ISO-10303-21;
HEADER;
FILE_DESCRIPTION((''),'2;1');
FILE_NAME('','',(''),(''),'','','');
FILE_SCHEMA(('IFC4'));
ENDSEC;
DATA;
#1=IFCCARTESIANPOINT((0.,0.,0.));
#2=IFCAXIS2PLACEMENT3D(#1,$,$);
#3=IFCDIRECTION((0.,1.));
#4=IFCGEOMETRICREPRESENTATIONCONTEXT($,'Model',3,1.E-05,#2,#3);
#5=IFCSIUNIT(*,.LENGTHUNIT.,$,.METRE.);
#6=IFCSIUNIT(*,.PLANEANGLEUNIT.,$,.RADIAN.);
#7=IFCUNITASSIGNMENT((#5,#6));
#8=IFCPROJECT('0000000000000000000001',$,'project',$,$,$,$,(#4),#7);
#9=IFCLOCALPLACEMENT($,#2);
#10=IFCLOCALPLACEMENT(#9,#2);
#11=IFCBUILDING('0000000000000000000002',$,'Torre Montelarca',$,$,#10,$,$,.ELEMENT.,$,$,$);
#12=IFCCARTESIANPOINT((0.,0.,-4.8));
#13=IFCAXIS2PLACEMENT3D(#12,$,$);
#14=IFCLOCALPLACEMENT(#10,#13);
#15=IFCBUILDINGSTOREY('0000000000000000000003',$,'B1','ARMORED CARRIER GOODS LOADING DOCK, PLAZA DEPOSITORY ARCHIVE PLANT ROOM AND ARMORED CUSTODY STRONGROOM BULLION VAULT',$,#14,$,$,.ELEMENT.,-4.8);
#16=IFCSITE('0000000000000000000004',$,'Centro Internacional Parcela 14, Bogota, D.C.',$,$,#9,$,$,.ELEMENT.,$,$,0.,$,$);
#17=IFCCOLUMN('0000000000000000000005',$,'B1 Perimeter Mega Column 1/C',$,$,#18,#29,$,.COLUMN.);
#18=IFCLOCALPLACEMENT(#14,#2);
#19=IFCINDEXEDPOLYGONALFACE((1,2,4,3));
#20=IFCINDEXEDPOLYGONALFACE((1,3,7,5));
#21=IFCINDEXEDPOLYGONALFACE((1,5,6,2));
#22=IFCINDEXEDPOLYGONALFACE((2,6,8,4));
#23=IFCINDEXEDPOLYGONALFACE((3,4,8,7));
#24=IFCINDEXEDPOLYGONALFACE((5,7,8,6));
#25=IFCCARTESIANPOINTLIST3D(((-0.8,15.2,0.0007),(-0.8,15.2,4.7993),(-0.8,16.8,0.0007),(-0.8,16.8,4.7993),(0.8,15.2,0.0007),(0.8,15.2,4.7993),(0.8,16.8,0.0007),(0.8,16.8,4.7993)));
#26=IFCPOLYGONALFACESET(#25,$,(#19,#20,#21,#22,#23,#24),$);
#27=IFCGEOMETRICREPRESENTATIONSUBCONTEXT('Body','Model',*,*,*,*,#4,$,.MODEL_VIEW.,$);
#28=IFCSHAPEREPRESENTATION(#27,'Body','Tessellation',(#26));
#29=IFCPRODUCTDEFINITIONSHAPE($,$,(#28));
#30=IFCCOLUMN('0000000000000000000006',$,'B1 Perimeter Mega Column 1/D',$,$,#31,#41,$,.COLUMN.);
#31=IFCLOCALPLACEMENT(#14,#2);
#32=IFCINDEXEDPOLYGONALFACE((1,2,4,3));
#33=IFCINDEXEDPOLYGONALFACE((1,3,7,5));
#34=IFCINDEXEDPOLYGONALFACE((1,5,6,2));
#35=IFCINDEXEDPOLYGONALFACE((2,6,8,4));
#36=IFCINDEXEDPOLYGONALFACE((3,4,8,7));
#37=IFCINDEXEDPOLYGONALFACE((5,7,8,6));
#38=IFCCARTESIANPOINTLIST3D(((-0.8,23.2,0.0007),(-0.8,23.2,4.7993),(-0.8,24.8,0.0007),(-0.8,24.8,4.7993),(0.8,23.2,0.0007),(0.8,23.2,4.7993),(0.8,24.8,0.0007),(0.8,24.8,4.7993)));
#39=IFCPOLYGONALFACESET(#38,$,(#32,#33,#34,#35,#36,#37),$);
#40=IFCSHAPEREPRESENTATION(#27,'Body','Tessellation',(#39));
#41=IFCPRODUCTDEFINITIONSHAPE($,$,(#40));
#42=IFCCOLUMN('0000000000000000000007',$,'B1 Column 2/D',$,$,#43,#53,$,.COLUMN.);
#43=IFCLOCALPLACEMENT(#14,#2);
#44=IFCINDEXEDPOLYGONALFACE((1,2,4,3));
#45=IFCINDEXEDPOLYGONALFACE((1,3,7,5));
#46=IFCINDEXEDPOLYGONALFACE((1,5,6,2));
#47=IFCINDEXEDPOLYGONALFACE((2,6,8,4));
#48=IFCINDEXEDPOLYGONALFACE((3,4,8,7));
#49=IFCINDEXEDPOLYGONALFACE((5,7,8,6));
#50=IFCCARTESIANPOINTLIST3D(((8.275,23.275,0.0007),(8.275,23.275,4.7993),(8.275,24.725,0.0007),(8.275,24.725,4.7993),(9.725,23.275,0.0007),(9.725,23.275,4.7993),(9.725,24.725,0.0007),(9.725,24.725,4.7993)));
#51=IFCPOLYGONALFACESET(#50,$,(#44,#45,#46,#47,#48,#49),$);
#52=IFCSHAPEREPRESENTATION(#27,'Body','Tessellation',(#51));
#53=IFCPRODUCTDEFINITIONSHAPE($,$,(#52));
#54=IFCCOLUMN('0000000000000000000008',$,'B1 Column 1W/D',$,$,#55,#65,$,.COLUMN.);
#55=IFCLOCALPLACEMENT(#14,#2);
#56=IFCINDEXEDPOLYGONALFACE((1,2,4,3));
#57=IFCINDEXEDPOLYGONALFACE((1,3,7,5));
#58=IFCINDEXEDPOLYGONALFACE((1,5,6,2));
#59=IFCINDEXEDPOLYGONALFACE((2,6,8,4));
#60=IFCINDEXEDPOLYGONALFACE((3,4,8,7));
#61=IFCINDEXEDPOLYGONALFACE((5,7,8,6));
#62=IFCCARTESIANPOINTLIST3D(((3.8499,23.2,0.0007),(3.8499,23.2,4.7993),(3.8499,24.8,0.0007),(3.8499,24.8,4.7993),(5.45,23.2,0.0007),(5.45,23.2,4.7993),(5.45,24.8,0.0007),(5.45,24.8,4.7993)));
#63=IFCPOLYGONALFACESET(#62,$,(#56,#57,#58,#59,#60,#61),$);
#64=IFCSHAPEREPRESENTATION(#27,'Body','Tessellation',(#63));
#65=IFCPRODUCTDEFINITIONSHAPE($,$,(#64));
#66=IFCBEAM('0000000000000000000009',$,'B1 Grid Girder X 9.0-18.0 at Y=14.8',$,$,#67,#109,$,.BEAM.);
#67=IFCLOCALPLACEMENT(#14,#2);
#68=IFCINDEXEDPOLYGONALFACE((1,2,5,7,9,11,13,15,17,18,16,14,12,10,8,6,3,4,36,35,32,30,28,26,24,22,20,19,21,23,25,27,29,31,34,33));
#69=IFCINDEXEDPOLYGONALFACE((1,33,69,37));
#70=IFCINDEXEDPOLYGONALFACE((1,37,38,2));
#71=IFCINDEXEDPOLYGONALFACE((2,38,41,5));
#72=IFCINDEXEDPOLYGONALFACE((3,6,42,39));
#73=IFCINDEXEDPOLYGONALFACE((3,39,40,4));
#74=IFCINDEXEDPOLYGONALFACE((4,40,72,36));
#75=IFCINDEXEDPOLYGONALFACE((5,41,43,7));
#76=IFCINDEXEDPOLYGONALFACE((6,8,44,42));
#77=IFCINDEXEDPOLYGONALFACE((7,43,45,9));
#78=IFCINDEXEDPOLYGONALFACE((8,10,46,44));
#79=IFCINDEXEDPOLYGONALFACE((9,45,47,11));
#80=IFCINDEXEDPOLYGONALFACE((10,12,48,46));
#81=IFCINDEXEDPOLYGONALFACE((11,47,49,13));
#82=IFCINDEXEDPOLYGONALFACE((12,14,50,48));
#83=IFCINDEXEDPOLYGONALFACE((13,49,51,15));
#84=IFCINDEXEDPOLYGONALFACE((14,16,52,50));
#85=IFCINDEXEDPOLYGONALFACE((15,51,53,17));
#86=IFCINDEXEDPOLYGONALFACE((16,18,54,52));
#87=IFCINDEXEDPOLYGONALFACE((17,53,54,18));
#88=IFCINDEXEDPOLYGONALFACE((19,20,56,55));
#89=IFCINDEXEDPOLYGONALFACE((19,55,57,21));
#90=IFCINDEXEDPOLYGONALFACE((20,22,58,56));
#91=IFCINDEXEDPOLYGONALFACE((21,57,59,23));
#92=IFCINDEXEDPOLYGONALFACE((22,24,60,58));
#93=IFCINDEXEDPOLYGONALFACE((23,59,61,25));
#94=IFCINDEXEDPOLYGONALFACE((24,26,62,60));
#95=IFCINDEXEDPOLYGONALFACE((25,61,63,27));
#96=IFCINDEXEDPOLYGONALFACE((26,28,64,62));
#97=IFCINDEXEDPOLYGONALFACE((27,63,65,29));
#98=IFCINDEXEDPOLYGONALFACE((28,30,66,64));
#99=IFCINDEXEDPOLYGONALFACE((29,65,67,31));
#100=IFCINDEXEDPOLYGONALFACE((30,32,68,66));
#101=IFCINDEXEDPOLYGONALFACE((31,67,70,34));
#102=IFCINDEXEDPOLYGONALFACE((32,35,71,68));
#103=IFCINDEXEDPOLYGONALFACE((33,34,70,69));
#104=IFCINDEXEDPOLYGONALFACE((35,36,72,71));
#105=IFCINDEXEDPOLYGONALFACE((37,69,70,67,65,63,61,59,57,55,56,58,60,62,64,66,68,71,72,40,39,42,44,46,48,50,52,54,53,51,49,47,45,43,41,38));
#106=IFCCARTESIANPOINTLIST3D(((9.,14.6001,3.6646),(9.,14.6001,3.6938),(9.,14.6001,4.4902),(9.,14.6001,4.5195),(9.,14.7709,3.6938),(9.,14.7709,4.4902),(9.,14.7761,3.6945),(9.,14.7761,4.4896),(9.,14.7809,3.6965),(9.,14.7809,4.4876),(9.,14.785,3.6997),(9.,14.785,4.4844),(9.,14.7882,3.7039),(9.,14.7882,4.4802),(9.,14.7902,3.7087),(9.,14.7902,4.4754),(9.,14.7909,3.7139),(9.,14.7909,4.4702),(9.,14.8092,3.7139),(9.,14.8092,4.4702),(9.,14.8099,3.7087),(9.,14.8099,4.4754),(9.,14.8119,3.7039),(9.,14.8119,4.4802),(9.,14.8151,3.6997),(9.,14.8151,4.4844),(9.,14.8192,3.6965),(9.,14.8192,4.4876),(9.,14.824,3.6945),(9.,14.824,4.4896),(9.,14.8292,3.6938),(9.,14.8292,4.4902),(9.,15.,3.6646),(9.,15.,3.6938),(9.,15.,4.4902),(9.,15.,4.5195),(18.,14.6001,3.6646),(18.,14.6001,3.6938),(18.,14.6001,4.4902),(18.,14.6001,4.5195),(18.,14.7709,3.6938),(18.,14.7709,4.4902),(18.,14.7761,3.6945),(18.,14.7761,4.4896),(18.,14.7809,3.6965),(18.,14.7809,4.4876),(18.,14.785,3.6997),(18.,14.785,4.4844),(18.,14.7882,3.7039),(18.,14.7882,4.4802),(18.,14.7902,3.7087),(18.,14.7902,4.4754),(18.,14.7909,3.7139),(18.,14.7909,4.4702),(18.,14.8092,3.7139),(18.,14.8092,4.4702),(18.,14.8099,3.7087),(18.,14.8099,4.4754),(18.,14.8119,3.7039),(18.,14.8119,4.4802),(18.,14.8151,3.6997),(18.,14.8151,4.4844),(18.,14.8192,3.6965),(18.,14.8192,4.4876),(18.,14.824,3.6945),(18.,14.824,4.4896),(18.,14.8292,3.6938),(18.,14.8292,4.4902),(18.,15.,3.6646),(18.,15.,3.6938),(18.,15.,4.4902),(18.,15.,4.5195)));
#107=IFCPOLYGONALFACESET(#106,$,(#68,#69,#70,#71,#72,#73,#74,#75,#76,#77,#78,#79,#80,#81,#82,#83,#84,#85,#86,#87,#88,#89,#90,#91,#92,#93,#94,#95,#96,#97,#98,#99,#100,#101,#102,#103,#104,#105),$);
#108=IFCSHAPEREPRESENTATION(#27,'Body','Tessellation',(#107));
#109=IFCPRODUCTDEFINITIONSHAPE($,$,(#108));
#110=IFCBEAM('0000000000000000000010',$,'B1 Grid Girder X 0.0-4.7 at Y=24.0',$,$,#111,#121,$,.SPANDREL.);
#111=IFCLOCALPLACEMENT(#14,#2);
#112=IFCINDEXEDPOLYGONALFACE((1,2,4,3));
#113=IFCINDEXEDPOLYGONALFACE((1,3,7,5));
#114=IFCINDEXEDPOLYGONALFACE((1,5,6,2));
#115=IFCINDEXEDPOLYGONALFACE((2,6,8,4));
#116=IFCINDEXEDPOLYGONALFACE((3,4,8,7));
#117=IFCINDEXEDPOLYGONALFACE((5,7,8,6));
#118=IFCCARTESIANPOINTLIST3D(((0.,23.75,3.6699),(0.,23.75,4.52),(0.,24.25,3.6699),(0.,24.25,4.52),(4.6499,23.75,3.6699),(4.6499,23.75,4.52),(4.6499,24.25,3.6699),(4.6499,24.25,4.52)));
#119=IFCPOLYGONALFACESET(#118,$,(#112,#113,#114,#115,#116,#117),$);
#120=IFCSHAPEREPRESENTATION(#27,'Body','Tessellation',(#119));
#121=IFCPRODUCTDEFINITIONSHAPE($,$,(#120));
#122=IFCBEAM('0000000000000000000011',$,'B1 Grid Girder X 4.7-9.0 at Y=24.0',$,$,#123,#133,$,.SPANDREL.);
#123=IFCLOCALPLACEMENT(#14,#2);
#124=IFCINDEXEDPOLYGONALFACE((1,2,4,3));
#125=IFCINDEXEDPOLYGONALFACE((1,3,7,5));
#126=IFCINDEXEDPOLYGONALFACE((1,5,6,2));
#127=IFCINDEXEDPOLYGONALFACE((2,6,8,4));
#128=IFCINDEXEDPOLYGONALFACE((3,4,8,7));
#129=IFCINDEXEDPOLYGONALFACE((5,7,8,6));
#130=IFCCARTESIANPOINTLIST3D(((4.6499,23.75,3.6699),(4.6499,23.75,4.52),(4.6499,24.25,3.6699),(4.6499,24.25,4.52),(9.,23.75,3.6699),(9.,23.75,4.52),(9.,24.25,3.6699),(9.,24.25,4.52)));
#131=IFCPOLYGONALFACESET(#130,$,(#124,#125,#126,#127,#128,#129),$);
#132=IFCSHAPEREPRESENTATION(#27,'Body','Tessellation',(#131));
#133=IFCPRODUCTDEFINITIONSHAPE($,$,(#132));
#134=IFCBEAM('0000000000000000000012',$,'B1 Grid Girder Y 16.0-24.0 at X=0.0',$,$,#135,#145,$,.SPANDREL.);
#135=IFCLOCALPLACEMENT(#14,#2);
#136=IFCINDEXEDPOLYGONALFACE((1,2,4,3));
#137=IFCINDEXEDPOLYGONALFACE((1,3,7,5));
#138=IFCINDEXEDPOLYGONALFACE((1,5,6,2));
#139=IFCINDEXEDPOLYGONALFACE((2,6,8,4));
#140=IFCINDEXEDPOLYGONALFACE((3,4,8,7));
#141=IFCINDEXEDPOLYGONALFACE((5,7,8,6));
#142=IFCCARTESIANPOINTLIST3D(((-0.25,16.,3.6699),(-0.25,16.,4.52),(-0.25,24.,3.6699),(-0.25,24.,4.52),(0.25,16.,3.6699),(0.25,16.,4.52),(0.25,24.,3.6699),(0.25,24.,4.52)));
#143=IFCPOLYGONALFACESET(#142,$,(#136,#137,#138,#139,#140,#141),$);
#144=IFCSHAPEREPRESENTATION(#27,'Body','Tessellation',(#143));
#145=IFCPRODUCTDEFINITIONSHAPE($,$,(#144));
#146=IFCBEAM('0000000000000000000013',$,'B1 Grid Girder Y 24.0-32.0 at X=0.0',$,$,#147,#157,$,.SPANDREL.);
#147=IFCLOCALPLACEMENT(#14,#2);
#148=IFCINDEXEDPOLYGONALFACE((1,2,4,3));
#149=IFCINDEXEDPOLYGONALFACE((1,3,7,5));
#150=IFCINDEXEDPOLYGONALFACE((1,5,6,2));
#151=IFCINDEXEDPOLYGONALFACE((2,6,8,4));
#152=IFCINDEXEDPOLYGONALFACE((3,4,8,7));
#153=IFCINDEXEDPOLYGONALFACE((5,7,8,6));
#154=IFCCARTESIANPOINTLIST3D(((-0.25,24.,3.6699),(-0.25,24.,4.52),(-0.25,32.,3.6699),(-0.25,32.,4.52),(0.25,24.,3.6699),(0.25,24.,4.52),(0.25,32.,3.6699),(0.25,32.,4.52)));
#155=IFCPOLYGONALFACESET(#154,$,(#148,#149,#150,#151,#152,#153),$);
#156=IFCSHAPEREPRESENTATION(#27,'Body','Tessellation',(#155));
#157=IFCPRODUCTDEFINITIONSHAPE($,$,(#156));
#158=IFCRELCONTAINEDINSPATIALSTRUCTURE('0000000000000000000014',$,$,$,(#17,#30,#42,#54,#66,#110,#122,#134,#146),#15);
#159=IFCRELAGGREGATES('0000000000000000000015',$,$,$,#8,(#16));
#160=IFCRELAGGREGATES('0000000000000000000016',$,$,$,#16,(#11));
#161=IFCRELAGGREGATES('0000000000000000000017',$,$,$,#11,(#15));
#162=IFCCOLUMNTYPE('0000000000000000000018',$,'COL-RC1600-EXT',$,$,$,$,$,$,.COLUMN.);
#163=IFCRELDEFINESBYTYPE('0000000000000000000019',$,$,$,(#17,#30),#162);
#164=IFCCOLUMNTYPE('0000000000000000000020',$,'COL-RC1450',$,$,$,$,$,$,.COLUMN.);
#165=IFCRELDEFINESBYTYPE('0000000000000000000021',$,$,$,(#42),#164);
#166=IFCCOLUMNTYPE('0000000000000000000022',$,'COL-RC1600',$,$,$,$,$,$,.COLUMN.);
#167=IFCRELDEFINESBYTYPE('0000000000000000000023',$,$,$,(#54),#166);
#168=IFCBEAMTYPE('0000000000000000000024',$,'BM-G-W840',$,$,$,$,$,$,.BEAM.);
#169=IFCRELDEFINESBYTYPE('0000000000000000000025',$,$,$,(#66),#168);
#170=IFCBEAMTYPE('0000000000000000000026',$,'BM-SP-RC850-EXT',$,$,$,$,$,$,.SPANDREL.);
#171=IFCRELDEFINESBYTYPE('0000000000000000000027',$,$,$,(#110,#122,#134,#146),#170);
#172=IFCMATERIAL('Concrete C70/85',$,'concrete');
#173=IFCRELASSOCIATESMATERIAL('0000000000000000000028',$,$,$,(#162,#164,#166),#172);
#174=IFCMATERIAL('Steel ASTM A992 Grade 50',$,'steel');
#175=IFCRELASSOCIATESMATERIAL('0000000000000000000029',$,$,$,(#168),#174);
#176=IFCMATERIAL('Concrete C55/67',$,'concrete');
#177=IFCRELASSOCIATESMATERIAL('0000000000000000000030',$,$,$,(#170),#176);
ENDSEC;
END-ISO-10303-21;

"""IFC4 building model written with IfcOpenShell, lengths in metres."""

from ifc_helpers import new_model, si_unit, direction, frame, origin, origin_2d, place, context, subcontext, project, spatial, rectangle, i_section, extrude, source, transform, mapped, material, material_profile, profile_set, type_object, element, save


model = new_model("IFC4")

# Units and contexts
model_context = context("Model", 3, precision=1e-05, world=origin(), true_north=direction((0.0, 1.0)))
body_context = subcontext(model_context, "Body", "Model", "MODEL_VIEW")
ifc_project = project(units=[si_unit("LENGTHUNIT", "METRE"), si_unit("PLANEANGLEUNIT", "RADIAN")], contexts=[model_context])

# Site, building, storey
site_placement = place(None, origin())
site = spatial("IfcSite", under=ifc_project, at=site_placement, Name="Centro Internacional Parcela 14, Bogota, D.C.", CompositionType="ELEMENT", RefElevation=0.0)
building_placement = place(site_placement, origin())
building = spatial("IfcBuilding", under=site, at=building_placement, Name="Torre Montelarca", CompositionType="ELEMENT")
storey_placement = place(building_placement, frame((0.0, 0.0, -4.8)))
storey = spatial("IfcBuildingStorey", under=building, at=storey_placement, Name="B1", Description="ARMORED CARRIER GOODS LOADING DOCK, PLAZA DEPOSITORY ARCHIVE PLANT ROOM AND ARMORED CUSTODY STRONGROOM BULLION VAULT", CompositionType="ELEMENT", Elevation=-4.8)

# Columns
ifc_material_1 = material(Name="Concrete C70/85", Category="concrete")
ifc_material_profile_1 = material_profile(ifc_material_1, rectangle(XDim=1.6001, YDim=1.6001, at=origin_2d()), Name="RC1600X1600", Category="concrete")
ifc_profile_set_1 = profile_set([ifc_material_profile_1], Name="Concrete C70/85")
column_type_1 = type_object("IfcColumnType", Name="COL-RC1600-EXT", PredefinedType="COLUMN", material=ifc_profile_set_1)
shared_shape_1 = source(origin(), body_context, "Body", "SweptSolid", [
    extrude(rectangle(XDim=1.6001, YDim=1.6001, at=origin_2d()), origin(), (0.0, 0.0, 1.0), 4.7986),
])
for number, where, z_axis, x_axis, name in (
    (1, (0.0, 16.0, 0.0007), (0.0, 0.0, 1.0), (1.0, 0.0, 0.0), "B1 Perimeter Mega Column 1/C"),
    (2, (0.0, 24.0, 0.0007), (0.0, 0.0, 1.0), (1.0, 0.0, 0.0), "B1 Perimeter Mega Column 1/D"),
):
    element("IfcColumn", number, at=place(storey_placement, frame(where, z_axis=z_axis, x_axis=x_axis)), inside=storey, type_object=column_type_1, Name=name, PredefinedType="COLUMN", context=body_context, shape_type="MappedRepresentation", body=[
        mapped(shared_shape_1, transform((0.0, 0.0, 0.0), scale=1.0)),
    ])
ifc_material_profile_2 = material_profile(ifc_material_1, rectangle(XDim=1.45, YDim=1.45, at=origin_2d()), Name="RC1450X1450", Category="concrete")
ifc_profile_set_2 = profile_set([ifc_material_profile_2], Name="Concrete C70/85")
column_type_2 = type_object("IfcColumnType", Name="COL-RC1450", PredefinedType="COLUMN", material=ifc_profile_set_2)
shared_shape_2 = source(origin(), body_context, "Body", "SweptSolid", [
    extrude(rectangle(XDim=1.45, YDim=1.45, at=origin_2d()), origin(), (0.0, 0.0, 1.0), 4.7986),
])
column_1_placement = place(storey_placement, frame((9.0, 24.0, 0.0007), z_axis=(0.0, 0.0, 1.0), x_axis=(1.0, 0.0, 0.0)))
element("IfcColumn", 3, at=column_1_placement, inside=storey, type_object=column_type_2, Name="B1 Column 2/D", PredefinedType="COLUMN", context=body_context, shape_type="MappedRepresentation", body=[
    mapped(shared_shape_2, transform((0.0, 0.0, 0.0), scale=1.0)),
])
ifc_material_profile_3 = material_profile(ifc_material_1, rectangle(XDim=1.6001, YDim=1.6001, at=origin_2d()), Name="RC1600X1600", Category="concrete")
ifc_profile_set_3 = profile_set([ifc_material_profile_3], Name="Concrete C70/85")
column_type_3 = type_object("IfcColumnType", Name="COL-RC1600", PredefinedType="COLUMN", material=ifc_profile_set_3)
shared_shape_3 = source(origin(), body_context, "Body", "SweptSolid", [
    extrude(rectangle(XDim=1.6001, YDim=1.6001, at=origin_2d()), origin(), (0.0, 0.0, 1.0), 4.7986),
])
column_2_placement = place(storey_placement, frame((4.6499, 24.0, 0.0007), z_axis=(0.0, 0.0, 1.0), x_axis=(1.0, 0.0, 0.0)))
element("IfcColumn", 4, at=column_2_placement, inside=storey, type_object=column_type_3, Name="B1 Column 1W/D", PredefinedType="COLUMN", context=body_context, shape_type="MappedRepresentation", body=[
    mapped(shared_shape_3, transform((0.0, 0.0, 0.0), scale=1.0)),
])

# Beams
ifc_material_2 = material(Name="Steel ASTM A992 Grade 50", Category="steel")
ifc_material_profile_4 = material_profile(ifc_material_2, i_section(OverallWidth=0.3999, OverallDepth=0.855, WebThickness=0.0183, FlangeThickness=0.0293, FilletRadius=0.02, at=origin_2d()), Name="W840X299", Category="steel")
ifc_profile_set_4 = profile_set([ifc_material_profile_4], Name="Steel ASTM A992 Grade 50")
beam_type_1 = type_object("IfcBeamType", Name="BM-G-W840", PredefinedType="BEAM", material=ifc_profile_set_4)
shared_shape_4 = source(origin(), body_context, "Body", "SweptSolid", [
    extrude(i_section(OverallWidth=0.3999, OverallDepth=0.855, WebThickness=0.0183, FlangeThickness=0.0293, FilletRadius=0.02, at=origin_2d()), origin(), (0.0, 0.0, 1.0), 9.0),
])
beam_1_placement = place(storey_placement, frame((9.0, 14.8, 4.092), z_axis=(1.0, 0.0, 0.0), x_axis=(0.0, 1.0, 0.0)))
element("IfcBeam", 5, at=beam_1_placement, inside=storey, type_object=beam_type_1, Name="B1 Grid Girder X 9.0-18.0 at Y=14.8", PredefinedType="BEAM", context=body_context, shape_type="MappedRepresentation", body=[
    mapped(shared_shape_4, transform((0.0, 0.0, 0.0), scale=1.0)),
])
ifc_material_3 = material(Name="Concrete C55/67", Category="concrete")
ifc_material_profile_5 = material_profile(ifc_material_3, rectangle(XDim=0.5, YDim=0.8501, at=origin_2d()), Name="RCB500X850", Category="concrete")
ifc_profile_set_5 = profile_set([ifc_material_profile_5], Name="Concrete C55/67")
beam_type_2 = type_object("IfcBeamType", Name="BM-SP-RC850-EXT", PredefinedType="SPANDREL", material=ifc_profile_set_5)
shared_shape_5 = source(origin(), body_context, "Body", "SweptSolid", [
    extrude(rectangle(XDim=0.5, YDim=0.8501, at=origin_2d()), origin(), (0.0, 0.0, 1.0), 4.6499),
])
beam_2_placement = place(storey_placement, frame((0.0, 24.0, 4.095), z_axis=(1.0, 0.0, 0.0), x_axis=(0.0, 1.0, 0.0)))
element("IfcBeam", 6, at=beam_2_placement, inside=storey, type_object=beam_type_2, Name="B1 Grid Girder X 0.0-4.7 at Y=24.0", PredefinedType="SPANDREL", context=body_context, shape_type="MappedRepresentation", body=[
    mapped(shared_shape_5, transform((0.0, 0.0, 0.0), scale=1.0)),
])
shared_shape_6 = source(origin(), body_context, "Body", "SweptSolid", [
    extrude(rectangle(XDim=0.5, YDim=0.8501, at=origin_2d()), origin(), (0.0, 0.0, 1.0), 4.3501),
])
beam_3_placement = place(storey_placement, frame((4.6499, 24.0, 4.095), z_axis=(1.0, 0.0, 0.0), x_axis=(0.0, 1.0, 0.0)))
element("IfcBeam", 7, at=beam_3_placement, inside=storey, type_object=beam_type_2, Name="B1 Grid Girder X 4.7-9.0 at Y=24.0", PredefinedType="SPANDREL", context=body_context, shape_type="MappedRepresentation", body=[
    mapped(shared_shape_6, transform((0.0, 0.0, 0.0), scale=1.0)),
])
shared_shape_7 = source(origin(), body_context, "Body", "SweptSolid", [
    extrude(rectangle(XDim=0.5, YDim=0.8501, at=origin_2d()), origin(), (0.0, 0.0, 1.0), 8.0),
])
for number, where, z_axis, x_axis, name in (
    (8, (0.0, 16.0, 4.095), (0.0, 1.0, 0.0), (-1.0, 0.0, 0.0), "B1 Grid Girder Y 16.0-24.0 at X=0.0"),
    (9, (0.0, 24.0, 4.095), (0.0, 1.0, 0.0), (-1.0, 0.0, 0.0), "B1 Grid Girder Y 24.0-32.0 at X=0.0"),
):
    element("IfcBeam", number, at=place(storey_placement, frame(where, z_axis=z_axis, x_axis=x_axis)), inside=storey, type_object=beam_type_2, Name=name, PredefinedType="SPANDREL", context=body_context, shape_type="MappedRepresentation", body=[
        mapped(shared_shape_7, transform((0.0, 0.0, 0.0), scale=1.0)),
    ])

save(model, "model.ifc")
